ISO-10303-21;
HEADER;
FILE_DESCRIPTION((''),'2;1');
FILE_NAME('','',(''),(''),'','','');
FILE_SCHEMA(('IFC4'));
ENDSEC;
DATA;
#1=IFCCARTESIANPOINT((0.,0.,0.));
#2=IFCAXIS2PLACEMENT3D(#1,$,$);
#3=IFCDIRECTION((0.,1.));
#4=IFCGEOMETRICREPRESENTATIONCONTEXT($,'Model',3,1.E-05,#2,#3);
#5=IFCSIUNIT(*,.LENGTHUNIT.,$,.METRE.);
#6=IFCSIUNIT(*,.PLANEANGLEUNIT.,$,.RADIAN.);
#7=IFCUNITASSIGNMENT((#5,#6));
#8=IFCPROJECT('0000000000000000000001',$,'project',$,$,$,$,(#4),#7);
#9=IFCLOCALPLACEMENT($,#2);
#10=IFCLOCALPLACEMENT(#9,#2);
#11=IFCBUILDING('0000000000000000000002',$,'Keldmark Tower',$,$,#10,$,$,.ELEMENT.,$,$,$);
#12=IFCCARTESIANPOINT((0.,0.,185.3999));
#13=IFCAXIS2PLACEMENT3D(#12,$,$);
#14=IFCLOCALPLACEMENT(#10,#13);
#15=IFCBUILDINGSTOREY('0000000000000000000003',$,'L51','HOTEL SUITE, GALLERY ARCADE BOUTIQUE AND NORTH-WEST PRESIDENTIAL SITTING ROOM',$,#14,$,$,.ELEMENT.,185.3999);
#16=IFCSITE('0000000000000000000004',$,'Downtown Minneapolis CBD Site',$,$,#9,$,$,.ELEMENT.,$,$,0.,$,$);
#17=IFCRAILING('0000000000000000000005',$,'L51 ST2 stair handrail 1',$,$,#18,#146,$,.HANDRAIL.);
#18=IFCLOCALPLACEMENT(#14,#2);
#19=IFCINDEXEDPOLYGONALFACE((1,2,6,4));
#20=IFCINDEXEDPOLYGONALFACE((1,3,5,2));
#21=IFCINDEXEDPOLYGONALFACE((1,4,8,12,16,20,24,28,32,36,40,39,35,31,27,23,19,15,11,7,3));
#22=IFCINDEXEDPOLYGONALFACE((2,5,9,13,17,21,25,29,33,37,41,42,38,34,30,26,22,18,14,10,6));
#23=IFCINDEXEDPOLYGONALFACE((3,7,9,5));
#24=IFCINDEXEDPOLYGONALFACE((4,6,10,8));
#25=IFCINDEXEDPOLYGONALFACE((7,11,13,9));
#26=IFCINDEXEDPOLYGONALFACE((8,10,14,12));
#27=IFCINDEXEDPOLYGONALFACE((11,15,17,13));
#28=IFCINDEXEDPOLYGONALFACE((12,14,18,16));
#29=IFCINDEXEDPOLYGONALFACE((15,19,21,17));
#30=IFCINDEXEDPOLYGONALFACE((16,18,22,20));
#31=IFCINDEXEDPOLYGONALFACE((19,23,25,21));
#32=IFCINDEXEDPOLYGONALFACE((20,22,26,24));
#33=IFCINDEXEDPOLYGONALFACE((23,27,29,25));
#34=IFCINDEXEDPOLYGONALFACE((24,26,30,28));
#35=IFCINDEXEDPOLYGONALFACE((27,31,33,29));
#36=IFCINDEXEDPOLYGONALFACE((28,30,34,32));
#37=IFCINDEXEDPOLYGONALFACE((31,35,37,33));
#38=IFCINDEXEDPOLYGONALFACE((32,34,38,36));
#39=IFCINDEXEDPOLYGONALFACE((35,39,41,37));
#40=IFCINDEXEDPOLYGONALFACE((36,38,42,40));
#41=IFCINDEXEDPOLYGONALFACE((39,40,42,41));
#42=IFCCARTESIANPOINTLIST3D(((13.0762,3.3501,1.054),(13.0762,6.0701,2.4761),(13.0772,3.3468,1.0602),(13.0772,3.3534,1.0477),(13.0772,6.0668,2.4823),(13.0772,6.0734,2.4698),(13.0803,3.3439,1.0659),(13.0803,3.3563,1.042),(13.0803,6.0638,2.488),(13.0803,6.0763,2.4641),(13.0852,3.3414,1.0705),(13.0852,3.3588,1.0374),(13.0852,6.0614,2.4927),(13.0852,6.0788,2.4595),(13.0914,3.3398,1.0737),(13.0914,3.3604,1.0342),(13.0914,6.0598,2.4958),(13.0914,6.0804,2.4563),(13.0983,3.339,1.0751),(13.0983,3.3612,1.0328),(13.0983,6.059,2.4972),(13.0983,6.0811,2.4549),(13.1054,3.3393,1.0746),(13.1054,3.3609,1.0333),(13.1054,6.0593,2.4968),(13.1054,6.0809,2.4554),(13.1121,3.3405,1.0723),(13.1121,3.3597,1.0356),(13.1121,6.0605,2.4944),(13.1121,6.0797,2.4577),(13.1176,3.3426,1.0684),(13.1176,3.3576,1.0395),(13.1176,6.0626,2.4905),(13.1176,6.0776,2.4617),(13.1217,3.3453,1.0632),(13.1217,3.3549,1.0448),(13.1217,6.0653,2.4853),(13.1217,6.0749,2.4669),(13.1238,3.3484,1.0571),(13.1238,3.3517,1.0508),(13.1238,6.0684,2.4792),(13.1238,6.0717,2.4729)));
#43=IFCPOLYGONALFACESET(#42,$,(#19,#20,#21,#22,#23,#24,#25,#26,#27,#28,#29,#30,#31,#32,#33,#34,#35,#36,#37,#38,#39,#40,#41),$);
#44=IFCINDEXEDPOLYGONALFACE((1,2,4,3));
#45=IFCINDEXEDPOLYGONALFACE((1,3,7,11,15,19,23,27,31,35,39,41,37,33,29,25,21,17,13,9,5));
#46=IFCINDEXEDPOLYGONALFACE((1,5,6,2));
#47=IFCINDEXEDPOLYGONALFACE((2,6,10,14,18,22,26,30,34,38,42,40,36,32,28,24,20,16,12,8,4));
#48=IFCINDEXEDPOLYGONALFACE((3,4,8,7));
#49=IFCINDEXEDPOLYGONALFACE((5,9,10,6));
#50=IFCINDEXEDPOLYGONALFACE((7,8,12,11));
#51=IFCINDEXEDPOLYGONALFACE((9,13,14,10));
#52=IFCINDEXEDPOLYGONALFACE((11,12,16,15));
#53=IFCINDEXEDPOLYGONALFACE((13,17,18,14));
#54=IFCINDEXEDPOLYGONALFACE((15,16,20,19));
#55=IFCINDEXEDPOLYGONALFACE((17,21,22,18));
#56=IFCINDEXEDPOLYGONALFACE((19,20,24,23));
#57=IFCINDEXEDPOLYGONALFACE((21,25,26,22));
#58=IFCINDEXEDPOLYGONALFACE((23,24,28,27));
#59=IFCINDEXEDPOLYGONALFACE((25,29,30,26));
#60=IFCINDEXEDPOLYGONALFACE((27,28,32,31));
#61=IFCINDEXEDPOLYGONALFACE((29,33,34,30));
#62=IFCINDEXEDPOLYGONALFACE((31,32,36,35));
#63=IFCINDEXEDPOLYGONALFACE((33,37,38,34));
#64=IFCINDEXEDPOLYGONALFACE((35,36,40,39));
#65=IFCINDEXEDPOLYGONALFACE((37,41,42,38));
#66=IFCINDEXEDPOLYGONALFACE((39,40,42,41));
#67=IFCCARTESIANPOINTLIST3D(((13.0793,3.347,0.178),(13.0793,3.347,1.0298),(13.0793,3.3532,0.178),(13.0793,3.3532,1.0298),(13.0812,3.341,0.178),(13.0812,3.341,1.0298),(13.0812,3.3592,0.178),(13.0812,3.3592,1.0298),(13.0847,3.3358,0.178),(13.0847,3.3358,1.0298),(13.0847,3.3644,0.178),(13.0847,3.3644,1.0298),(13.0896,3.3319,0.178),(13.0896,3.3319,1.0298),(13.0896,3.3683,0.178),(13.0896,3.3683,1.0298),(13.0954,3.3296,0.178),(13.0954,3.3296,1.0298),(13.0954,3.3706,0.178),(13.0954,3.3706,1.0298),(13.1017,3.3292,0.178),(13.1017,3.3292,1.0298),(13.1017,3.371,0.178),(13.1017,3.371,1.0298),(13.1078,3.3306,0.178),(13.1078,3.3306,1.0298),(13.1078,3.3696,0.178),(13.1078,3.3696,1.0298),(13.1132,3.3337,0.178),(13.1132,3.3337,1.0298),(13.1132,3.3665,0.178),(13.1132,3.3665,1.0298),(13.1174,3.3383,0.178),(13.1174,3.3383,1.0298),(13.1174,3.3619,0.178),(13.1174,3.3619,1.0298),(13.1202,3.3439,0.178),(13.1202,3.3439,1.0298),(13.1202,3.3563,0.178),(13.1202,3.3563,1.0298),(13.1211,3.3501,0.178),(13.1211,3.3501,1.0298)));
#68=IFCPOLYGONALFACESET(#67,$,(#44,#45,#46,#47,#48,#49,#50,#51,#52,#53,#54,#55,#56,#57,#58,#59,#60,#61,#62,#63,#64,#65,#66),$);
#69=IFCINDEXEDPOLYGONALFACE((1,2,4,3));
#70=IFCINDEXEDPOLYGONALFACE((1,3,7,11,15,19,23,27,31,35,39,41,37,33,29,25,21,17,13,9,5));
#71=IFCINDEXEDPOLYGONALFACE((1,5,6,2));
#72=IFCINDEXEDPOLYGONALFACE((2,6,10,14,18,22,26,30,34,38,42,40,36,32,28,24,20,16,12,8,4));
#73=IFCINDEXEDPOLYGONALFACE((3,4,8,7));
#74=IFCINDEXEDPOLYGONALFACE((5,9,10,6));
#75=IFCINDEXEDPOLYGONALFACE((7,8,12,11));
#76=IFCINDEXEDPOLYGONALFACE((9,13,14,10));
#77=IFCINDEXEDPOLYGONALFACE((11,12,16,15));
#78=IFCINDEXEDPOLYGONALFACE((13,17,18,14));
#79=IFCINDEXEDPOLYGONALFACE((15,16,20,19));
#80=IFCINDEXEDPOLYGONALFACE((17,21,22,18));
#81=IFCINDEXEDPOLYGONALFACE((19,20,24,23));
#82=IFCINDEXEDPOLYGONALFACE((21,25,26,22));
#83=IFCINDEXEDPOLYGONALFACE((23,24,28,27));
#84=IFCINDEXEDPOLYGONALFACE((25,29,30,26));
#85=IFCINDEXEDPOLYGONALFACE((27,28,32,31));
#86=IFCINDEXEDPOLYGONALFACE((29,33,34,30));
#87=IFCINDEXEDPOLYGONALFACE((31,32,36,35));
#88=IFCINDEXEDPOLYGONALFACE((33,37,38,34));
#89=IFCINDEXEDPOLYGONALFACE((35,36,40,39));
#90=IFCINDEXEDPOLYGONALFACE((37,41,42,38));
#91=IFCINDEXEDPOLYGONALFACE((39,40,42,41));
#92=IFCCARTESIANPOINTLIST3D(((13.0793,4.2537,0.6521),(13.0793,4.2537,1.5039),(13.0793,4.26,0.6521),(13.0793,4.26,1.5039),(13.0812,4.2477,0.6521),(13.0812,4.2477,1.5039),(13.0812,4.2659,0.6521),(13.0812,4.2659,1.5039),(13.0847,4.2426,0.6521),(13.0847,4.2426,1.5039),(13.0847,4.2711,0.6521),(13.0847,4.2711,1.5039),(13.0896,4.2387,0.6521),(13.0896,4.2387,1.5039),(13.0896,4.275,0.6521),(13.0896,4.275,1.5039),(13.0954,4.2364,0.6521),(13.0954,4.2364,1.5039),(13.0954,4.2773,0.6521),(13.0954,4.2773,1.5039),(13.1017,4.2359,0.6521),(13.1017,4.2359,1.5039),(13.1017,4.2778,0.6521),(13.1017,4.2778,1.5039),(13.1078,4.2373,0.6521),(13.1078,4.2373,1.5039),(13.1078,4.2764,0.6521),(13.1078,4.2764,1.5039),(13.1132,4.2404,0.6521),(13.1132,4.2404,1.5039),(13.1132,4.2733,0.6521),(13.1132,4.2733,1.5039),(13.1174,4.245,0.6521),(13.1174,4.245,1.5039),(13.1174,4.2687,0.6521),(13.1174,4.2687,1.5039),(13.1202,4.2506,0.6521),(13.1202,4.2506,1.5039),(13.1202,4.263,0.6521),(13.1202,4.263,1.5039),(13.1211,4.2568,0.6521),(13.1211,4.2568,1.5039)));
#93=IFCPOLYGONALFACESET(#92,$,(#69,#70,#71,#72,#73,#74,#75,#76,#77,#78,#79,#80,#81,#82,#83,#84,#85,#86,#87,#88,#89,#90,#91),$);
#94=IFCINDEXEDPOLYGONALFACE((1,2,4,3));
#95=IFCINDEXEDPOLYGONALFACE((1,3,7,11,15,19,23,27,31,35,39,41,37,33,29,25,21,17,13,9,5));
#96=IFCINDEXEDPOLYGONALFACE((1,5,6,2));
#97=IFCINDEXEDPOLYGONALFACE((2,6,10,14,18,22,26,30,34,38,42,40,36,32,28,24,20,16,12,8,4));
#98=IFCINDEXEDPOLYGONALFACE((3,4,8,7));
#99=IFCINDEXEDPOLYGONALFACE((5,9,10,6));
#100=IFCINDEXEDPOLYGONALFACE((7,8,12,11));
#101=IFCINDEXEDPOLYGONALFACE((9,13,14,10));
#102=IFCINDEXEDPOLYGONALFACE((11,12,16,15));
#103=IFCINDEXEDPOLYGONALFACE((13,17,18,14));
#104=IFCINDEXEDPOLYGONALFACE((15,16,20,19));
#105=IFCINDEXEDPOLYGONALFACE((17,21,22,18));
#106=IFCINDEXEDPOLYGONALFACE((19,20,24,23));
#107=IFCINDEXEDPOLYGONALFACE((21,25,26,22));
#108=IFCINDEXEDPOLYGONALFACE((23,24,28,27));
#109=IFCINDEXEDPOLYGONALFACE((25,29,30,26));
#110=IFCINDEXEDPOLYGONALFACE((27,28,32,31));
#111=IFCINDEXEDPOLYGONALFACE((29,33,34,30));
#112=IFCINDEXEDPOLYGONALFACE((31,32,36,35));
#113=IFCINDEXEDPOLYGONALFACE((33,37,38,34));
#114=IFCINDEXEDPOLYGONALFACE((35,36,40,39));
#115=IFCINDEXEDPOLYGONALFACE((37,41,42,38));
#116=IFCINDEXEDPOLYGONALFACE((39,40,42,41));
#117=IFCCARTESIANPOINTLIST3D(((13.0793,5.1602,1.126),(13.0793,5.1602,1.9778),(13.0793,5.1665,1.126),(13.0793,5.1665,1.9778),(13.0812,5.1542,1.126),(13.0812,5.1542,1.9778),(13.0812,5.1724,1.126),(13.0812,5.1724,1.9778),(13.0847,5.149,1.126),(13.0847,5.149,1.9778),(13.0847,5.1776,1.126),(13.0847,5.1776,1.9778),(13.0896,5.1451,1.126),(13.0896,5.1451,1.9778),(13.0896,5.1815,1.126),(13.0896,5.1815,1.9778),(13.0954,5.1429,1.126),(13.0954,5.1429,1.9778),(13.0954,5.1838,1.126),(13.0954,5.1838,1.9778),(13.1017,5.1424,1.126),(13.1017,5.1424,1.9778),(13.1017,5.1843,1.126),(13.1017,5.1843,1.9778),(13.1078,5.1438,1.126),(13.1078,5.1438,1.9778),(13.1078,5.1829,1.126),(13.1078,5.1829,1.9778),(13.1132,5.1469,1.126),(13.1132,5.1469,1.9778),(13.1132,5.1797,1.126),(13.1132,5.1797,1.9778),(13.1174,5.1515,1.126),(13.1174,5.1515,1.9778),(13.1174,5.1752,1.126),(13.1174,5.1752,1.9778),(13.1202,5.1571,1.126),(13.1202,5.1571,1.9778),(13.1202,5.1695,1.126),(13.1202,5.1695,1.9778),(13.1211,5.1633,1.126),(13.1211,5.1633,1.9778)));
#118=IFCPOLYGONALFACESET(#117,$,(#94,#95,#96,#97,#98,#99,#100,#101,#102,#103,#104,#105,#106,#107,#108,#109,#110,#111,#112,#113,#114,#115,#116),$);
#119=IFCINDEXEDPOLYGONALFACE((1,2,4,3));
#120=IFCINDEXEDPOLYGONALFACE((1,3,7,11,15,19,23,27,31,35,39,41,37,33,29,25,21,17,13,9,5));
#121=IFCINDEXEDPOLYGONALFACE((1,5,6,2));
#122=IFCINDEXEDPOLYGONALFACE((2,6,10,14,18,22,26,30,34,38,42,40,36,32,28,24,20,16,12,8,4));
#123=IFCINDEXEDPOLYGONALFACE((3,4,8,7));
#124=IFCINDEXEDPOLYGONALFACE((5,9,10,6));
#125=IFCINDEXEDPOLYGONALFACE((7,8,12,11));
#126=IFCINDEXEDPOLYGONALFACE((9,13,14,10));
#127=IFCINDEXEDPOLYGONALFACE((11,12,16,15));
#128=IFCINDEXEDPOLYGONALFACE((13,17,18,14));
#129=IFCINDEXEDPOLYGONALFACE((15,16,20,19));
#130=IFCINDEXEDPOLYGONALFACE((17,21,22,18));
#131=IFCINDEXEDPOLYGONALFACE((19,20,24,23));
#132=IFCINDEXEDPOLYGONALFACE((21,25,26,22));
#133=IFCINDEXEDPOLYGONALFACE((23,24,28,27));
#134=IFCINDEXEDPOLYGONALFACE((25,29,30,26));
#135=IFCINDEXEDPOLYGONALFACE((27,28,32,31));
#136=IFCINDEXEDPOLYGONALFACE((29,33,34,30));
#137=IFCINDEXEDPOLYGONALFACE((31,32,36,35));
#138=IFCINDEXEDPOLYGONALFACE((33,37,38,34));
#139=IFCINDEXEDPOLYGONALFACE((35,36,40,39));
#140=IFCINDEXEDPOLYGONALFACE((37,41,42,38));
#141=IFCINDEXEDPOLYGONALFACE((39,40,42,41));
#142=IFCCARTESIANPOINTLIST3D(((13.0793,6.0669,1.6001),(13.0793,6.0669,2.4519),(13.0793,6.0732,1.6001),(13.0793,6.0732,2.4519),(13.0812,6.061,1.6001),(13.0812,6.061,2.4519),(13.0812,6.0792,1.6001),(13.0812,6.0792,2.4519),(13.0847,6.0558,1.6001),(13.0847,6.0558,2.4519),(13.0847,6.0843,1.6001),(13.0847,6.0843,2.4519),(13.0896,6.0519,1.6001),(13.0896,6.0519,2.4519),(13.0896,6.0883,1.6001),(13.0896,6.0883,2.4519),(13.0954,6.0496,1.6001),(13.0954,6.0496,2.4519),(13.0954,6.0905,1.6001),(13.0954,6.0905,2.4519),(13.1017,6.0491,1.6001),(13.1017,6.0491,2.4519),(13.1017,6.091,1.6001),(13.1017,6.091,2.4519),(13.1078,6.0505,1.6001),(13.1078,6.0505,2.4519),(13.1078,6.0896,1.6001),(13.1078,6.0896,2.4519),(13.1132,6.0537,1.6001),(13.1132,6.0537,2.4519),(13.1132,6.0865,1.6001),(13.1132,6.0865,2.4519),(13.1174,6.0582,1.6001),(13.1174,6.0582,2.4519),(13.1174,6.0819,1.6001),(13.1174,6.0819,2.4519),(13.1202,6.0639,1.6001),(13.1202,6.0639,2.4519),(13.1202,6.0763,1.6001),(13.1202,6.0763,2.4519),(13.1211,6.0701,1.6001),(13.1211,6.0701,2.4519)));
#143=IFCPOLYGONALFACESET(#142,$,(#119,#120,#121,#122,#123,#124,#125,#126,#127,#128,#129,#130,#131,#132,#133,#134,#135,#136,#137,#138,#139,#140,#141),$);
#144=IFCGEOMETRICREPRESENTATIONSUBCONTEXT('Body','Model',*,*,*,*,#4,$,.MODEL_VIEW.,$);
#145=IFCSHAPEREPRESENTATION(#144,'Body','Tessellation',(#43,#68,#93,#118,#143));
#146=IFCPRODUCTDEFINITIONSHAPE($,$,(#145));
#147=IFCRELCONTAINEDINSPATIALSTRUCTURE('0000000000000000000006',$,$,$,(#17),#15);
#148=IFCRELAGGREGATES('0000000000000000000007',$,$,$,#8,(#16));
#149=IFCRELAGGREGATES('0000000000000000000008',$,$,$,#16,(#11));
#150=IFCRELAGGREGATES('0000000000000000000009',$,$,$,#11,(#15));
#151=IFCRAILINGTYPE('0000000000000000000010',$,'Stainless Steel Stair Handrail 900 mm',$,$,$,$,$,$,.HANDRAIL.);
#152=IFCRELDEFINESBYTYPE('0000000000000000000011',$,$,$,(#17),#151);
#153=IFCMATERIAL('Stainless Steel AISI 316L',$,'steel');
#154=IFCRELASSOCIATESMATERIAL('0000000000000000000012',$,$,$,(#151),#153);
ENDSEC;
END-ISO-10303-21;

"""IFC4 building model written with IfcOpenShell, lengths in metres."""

from ifc_helpers import new_model, si_unit, direction, frame, origin, origin_2d, place, context, subcontext, project, spatial, circle, extrude, material, type_object, element, save


model = new_model("IFC4")

# Units and contexts
model_context = context("Model", 3, precision=1e-05, world=origin(), true_north=direction((0.0, 1.0)))
body_context = subcontext(model_context, "Body", "Model", "MODEL_VIEW")
ifc_project = project(units=[si_unit("LENGTHUNIT", "METRE"), si_unit("PLANEANGLEUNIT", "RADIAN")], contexts=[model_context])

# Site, building, storey
site_placement = place(None, origin())
site = spatial("IfcSite", under=ifc_project, at=site_placement, Name="Downtown Minneapolis CBD Site", CompositionType="ELEMENT", RefElevation=0.0)
building_placement = place(site_placement, origin())
building = spatial("IfcBuilding", under=site, at=building_placement, Name="Keldmark Tower", CompositionType="ELEMENT")
storey_placement = place(building_placement, frame((0.0, 0.0, 185.3999)))
storey = spatial("IfcBuildingStorey", under=building, at=storey_placement, Name="L51", Description="HOTEL SUITE, GALLERY ARCADE BOUTIQUE AND NORTH-WEST PRESIDENTIAL SITTING ROOM", CompositionType="ELEMENT", Elevation=185.3999)

# Railing
ifc_material_1 = material(Name="Stainless Steel AISI 316L", Category="steel")
railing_type_1 = type_object("IfcRailingType", Name="Stainless Steel Stair Handrail 900 mm", PredefinedType="HANDRAIL", material=ifc_material_1)
railing_1_placement = place(storey_placement, frame((13.1001, 3.3501, 0.178)))
element("IfcRailing", 1, at=railing_1_placement, inside=storey, type_object=railing_type_1, Name="L51 ST2 stair handrail 1", PredefinedType="HANDRAIL", context=body_context, shape_type="SweptSolid", body=[
    extrude(circle(Radius=0.0239, at=origin_2d()), frame((0.0, 0.0, 0.876), z_axis=(0.0, 0.886183, 0.463335), x_axis=(-1.0, 0.0, 0.0)), (0.0, 0.0, 1.0), 3.0693),
    extrude(circle(Radius=0.021, at=origin_2d()), origin(), (0.0, 0.0, 1.0), 0.8518),
    extrude(circle(Radius=0.021, at=origin_2d()), frame((0.0, 0.9067, 0.4741)), (0.0, 0.0, 1.0), 0.8518),
    extrude(circle(Radius=0.021, at=origin_2d()), frame((0.0, 1.8132, 0.948)), (0.0, 0.0, 1.0), 0.8518),
    extrude(circle(Radius=0.021, at=origin_2d()), frame((0.0, 2.72, 1.4221)), (0.0, 0.0, 1.0), 0.8518),
])

save(model, "model.ifc")
